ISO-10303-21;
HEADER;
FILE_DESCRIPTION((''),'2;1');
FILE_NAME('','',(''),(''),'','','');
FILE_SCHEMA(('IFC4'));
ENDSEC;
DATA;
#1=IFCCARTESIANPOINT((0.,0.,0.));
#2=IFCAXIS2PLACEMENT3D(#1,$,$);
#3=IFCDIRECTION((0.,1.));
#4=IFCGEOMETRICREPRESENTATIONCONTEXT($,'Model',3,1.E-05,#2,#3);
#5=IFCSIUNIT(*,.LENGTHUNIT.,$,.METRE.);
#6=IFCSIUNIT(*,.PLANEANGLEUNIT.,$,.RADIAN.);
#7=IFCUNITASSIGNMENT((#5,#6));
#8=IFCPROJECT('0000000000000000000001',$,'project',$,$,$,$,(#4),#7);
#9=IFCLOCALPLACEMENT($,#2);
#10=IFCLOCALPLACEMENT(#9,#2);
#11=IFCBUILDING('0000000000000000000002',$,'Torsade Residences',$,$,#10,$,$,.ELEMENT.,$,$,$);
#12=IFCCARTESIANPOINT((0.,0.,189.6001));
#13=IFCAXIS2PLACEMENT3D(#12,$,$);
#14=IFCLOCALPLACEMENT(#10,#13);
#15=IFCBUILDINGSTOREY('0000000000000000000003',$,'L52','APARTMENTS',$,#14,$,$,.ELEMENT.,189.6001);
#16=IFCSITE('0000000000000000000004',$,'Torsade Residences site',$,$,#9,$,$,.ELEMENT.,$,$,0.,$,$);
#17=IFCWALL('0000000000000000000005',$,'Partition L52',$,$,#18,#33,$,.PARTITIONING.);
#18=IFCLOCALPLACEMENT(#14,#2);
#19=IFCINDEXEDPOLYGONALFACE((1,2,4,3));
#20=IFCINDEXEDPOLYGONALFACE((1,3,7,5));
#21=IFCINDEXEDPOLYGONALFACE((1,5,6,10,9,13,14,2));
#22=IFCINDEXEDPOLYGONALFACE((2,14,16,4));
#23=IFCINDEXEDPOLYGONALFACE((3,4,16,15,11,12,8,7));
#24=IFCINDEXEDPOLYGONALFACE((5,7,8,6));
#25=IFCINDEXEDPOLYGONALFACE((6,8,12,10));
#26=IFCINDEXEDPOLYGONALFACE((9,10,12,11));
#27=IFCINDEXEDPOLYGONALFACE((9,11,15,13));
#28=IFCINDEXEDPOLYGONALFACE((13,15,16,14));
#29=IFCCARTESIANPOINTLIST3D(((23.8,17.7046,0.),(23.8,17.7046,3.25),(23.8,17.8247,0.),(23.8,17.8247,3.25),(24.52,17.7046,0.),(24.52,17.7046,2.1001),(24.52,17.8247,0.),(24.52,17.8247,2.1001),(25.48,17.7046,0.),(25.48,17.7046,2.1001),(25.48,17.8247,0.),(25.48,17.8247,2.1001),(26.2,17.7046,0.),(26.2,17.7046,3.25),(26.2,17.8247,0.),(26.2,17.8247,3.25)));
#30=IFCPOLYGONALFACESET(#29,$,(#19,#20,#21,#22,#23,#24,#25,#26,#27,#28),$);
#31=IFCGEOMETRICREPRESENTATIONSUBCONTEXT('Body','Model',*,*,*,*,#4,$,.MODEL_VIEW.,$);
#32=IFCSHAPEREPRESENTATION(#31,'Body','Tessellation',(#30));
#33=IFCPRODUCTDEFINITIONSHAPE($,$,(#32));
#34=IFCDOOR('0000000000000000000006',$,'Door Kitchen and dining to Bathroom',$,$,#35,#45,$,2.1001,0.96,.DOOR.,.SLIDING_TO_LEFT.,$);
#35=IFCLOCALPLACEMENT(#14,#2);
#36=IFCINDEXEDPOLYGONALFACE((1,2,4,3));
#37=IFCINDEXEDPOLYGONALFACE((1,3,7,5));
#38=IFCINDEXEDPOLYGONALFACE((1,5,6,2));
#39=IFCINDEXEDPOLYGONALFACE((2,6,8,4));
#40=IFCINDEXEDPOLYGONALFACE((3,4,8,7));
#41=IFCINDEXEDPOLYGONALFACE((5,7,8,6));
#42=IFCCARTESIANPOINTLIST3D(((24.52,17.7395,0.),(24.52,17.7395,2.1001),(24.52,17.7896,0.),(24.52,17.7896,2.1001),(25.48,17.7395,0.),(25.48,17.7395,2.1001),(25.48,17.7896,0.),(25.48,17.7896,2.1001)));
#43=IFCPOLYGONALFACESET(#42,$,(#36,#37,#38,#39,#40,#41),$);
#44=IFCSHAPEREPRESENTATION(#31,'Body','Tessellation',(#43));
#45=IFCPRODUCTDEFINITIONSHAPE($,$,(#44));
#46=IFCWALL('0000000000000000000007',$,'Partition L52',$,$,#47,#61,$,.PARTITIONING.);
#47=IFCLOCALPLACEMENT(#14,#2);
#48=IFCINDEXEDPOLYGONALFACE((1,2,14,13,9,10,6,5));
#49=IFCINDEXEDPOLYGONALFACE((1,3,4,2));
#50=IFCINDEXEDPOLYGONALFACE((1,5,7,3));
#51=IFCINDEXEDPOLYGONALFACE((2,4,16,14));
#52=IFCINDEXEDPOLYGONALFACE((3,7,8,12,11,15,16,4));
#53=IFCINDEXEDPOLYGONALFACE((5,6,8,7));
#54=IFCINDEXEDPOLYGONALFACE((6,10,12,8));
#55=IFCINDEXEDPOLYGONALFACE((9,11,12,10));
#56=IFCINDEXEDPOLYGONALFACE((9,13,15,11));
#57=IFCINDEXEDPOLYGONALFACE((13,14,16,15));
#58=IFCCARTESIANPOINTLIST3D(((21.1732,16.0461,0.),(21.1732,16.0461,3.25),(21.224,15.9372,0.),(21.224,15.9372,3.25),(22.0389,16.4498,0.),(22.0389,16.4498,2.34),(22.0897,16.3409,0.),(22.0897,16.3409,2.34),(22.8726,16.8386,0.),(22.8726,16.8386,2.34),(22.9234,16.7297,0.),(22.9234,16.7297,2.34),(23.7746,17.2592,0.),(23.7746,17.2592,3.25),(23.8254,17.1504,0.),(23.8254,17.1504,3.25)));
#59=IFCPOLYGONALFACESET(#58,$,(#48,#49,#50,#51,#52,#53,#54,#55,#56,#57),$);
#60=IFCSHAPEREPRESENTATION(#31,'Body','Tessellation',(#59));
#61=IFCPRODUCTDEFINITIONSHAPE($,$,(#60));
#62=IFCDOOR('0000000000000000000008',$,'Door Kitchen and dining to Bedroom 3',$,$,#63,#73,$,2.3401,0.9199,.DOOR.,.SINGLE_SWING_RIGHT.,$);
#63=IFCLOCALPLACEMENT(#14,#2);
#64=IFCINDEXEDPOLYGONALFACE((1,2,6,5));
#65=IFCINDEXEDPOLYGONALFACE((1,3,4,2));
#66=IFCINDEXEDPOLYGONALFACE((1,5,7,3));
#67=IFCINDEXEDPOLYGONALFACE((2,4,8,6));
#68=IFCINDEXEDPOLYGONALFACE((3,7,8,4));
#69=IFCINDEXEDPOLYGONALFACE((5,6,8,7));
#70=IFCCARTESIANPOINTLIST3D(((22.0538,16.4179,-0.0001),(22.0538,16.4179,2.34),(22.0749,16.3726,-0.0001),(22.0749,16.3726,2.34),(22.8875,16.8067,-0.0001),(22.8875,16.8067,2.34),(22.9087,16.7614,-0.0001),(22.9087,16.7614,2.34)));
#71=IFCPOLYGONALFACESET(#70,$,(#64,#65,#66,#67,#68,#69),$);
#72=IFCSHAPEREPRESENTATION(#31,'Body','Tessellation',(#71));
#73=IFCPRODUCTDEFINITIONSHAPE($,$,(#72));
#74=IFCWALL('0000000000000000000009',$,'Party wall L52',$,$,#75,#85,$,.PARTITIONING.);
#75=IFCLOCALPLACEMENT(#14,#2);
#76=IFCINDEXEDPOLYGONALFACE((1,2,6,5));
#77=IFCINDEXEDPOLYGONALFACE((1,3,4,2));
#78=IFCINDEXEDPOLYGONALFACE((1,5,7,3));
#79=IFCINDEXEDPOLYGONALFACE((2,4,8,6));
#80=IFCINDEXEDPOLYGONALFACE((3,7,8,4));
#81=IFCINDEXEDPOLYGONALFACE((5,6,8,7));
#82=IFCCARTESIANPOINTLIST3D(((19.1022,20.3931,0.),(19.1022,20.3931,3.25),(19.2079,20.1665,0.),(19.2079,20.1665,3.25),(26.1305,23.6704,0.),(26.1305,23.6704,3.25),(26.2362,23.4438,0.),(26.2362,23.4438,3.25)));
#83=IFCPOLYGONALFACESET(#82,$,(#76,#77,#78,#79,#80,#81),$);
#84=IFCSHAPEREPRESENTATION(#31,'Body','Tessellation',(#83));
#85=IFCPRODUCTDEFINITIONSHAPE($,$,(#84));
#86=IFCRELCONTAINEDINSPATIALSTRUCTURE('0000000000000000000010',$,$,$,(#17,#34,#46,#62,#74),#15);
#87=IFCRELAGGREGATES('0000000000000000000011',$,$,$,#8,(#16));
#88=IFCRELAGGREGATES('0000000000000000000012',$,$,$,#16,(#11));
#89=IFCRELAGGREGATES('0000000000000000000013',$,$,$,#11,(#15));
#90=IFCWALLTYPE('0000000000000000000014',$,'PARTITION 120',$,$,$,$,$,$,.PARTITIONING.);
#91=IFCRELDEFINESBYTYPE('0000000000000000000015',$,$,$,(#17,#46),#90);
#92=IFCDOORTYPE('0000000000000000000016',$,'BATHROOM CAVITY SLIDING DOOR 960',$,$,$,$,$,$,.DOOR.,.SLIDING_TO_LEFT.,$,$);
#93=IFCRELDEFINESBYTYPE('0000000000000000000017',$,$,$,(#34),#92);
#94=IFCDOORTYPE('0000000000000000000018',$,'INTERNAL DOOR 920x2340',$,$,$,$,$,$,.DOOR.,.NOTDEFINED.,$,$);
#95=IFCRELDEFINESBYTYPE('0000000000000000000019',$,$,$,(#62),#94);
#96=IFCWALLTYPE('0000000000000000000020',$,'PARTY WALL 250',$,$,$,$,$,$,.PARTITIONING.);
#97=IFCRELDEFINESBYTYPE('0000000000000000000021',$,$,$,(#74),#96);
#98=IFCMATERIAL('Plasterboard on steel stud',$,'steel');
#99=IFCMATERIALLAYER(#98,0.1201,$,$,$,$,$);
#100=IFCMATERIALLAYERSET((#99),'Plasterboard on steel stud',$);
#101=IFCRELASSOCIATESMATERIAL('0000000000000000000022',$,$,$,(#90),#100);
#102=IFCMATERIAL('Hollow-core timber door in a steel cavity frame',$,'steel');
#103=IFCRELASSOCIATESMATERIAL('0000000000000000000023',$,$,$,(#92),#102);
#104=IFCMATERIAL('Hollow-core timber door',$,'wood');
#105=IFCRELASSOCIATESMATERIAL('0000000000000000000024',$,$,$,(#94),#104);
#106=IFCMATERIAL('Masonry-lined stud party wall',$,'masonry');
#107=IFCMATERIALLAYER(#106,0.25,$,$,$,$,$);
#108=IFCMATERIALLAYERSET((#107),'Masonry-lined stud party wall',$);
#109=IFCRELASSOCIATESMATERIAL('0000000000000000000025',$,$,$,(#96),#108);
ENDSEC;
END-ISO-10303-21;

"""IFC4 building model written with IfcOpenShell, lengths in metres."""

from ifc_helpers import new_model, si_unit, direction, frame, frame_2d, origin, place, context, subcontext, project, spatial, rectangle, extrude, material, layer, layer_set, type_object, element, fill, save


model = new_model("IFC4")

# Units and contexts
model_context = context("Model", 3, precision=1e-05, world=origin(), true_north=direction((0.0, 1.0)))
body_context = subcontext(model_context, "Body", "Model", "MODEL_VIEW")
ifc_project = project(units=[si_unit("LENGTHUNIT", "METRE"), si_unit("PLANEANGLEUNIT", "RADIAN")], contexts=[model_context])

# Site, building, storey
site_placement = place(None, origin())
site = spatial("IfcSite", under=ifc_project, at=site_placement, Name="Torsade Residences site", CompositionType="ELEMENT", RefElevation=0.0)
building_placement = place(site_placement, origin())
building = spatial("IfcBuilding", under=site, at=building_placement, Name="Torsade Residences", CompositionType="ELEMENT")
storey_placement = place(building_placement, frame((0.0, 0.0, 189.6001)))
storey = spatial("IfcBuildingStorey", under=building, at=storey_placement, Name="L52", Description="APARTMENTS", CompositionType="ELEMENT", Elevation=189.6001)

# Shared definitions
ifc_material_1 = material(Name="Plasterboard on steel stud", Category="steel")
ifc_layer_1 = layer(ifc_material_1, 0.1201)
ifc_layer_set_1 = layer_set([ifc_layer_1], Name="Plasterboard on steel stud")
wall_type_1 = type_object("IfcWallType", Name="PARTITION 120", PredefinedType="PARTITIONING", material=ifc_layer_set_1)
ifc_material_2 = material(Name="Hollow-core timber door in a steel cavity frame", Category="steel")
door_type_1 = type_object("IfcDoorType", Name="BATHROOM CAVITY SLIDING DOOR 960", OperationType="SLIDING_TO_LEFT", PredefinedType="DOOR", material=ifc_material_2)

# Shared definitions
ifc_material_3 = material(Name="Hollow-core timber door", Category="wood")
door_type_2 = type_object("IfcDoorType", Name="INTERNAL DOOR 920x2340", OperationType="NOTDEFINED", PredefinedType="DOOR", material=ifc_material_3)

# Walls, openings, doors
wall_1_placement = place(storey_placement, frame((23.8, 17.7646, 0.0), z_axis=(0.0, 0.0, 1.0), x_axis=(1.0, 0.0, 0.0)))
wall_1 = element("IfcWall", 1, at=wall_1_placement, inside=storey, type_object=wall_type_1, Name="Partition L52", PredefinedType="PARTITIONING", context=body_context, shape_type="SweptSolid", body=[
    extrude(rectangle(XDim=2.3999, YDim=0.1201, at=frame_2d((1.2, 0.0))), origin(), (0.0, 0.0, 1.0), 3.25),
])
opening_1_placement = place(wall_1_placement, frame((0.72, 0.0, 0.0)))
opening_1 = element("IfcOpeningElement", 2, at=opening_1_placement, cuts=wall_1, PredefinedType="OPENING", context=body_context, shape_type="SweptSolid", body=[
    extrude(rectangle(XDim=0.96, YDim=2.1001, at=frame_2d((0.48, 1.05))), frame((0.0, 0.0701, 0.0), z_axis=(0.0, -1.0, 0.0), x_axis=(1.0, 0.0, 0.0)), (0.0, 0.0, 1.0), 0.1401),
])
door_1_placement = place(opening_1_placement, origin())
door_1 = element("IfcDoor", 3, at=door_1_placement, inside=storey, type_object=door_type_1, Name="Door Kitchen and dining to Bathroom", OperationType="SLIDING_TO_LEFT", OverallHeight=2.1001, OverallWidth=0.96, PredefinedType="DOOR", context=body_context, shape_type="SweptSolid", body=[
    extrude(rectangle(XDim=0.96, YDim=2.1001, at=frame_2d((0.48, 1.05))), frame((0.0, 0.0249, 0.0), z_axis=(0.0, -1.0, 0.0), x_axis=(1.0, 0.0, 0.0)), (0.0, 0.0, 1.0), 0.05),
])
fill(opening_1, door_1)
wall_2_placement = place(storey_placement, frame((21.1987, 15.9917, 0.0), z_axis=(0.0, 0.0, 1.0), x_axis=(0.906292, 0.422653, 0.0)))
wall_2 = element("IfcWall", 4, at=wall_2_placement, inside=storey, type_object=wall_type_1, Name="Partition L52", PredefinedType="PARTITIONING", context=body_context, shape_type="SweptSolid", body=[
    extrude(rectangle(XDim=2.8704, YDim=0.1201, at=frame_2d((1.4351, 0.0))), origin(), (0.0, 0.0, 1.0), 3.25),
])
opening_2_placement = place(wall_2_placement, frame((0.9551, 0.0, 0.0)))
opening_2 = element("IfcOpeningElement", 5, at=opening_2_placement, cuts=wall_2, PredefinedType="OPENING", context=body_context, shape_type="SweptSolid", body=[
    extrude(rectangle(XDim=0.9199, YDim=2.3401, at=frame_2d((0.46, 1.1699))), frame((0.0, 0.0701, 0.0), z_axis=(0.0, -1.0, 0.0), x_axis=(1.0, 0.0, 0.0)), (0.0, 0.0, 1.0), 0.1401),
])
door_2_placement = place(opening_2_placement, origin())
door_2 = element("IfcDoor", 6, at=door_2_placement, inside=storey, type_object=door_type_2, Name="Door Kitchen and dining to Bedroom 3", OperationType="SINGLE_SWING_RIGHT", OverallHeight=2.3401, OverallWidth=0.9199, PredefinedType="DOOR", context=body_context, shape_type="SweptSolid", body=[
    extrude(rectangle(XDim=0.9199, YDim=2.3401, at=frame_2d((0.46, 1.1699))), frame((0.0, 0.0249, 0.0), z_axis=(0.0, -1.0, 0.0), x_axis=(1.0, 0.0, 0.0)), (0.0, 0.0, 1.0), 0.05),
])
fill(opening_2, door_2)

# Wall
ifc_material_4 = material(Name="Masonry-lined stud party wall", Category="masonry")
ifc_layer_2 = layer(ifc_material_4, 0.25)
ifc_layer_set_2 = layer_set([ifc_layer_2], Name="Masonry-lined stud party wall")
wall_type_2 = type_object("IfcWallType", Name="PARTY WALL 250", PredefinedType="PARTITIONING", material=ifc_layer_set_2)
wall_3_placement = place(storey_placement, frame((19.155, 20.2798, 0.0), z_axis=(0.0, 0.0, 1.0), x_axis=(0.906309, 0.422617, 0.0)))
element("IfcWall", 7, at=wall_3_placement, inside=storey, type_object=wall_type_2, Name="Party wall L52", PredefinedType="PARTITIONING", context=body_context, shape_type="SweptSolid", body=[
    extrude(rectangle(XDim=7.7549, YDim=0.25, at=frame_2d((3.8774, 0.0))), origin(), (0.0, 0.0, 1.0), 3.25),
])

save(model, "model.ifc")
